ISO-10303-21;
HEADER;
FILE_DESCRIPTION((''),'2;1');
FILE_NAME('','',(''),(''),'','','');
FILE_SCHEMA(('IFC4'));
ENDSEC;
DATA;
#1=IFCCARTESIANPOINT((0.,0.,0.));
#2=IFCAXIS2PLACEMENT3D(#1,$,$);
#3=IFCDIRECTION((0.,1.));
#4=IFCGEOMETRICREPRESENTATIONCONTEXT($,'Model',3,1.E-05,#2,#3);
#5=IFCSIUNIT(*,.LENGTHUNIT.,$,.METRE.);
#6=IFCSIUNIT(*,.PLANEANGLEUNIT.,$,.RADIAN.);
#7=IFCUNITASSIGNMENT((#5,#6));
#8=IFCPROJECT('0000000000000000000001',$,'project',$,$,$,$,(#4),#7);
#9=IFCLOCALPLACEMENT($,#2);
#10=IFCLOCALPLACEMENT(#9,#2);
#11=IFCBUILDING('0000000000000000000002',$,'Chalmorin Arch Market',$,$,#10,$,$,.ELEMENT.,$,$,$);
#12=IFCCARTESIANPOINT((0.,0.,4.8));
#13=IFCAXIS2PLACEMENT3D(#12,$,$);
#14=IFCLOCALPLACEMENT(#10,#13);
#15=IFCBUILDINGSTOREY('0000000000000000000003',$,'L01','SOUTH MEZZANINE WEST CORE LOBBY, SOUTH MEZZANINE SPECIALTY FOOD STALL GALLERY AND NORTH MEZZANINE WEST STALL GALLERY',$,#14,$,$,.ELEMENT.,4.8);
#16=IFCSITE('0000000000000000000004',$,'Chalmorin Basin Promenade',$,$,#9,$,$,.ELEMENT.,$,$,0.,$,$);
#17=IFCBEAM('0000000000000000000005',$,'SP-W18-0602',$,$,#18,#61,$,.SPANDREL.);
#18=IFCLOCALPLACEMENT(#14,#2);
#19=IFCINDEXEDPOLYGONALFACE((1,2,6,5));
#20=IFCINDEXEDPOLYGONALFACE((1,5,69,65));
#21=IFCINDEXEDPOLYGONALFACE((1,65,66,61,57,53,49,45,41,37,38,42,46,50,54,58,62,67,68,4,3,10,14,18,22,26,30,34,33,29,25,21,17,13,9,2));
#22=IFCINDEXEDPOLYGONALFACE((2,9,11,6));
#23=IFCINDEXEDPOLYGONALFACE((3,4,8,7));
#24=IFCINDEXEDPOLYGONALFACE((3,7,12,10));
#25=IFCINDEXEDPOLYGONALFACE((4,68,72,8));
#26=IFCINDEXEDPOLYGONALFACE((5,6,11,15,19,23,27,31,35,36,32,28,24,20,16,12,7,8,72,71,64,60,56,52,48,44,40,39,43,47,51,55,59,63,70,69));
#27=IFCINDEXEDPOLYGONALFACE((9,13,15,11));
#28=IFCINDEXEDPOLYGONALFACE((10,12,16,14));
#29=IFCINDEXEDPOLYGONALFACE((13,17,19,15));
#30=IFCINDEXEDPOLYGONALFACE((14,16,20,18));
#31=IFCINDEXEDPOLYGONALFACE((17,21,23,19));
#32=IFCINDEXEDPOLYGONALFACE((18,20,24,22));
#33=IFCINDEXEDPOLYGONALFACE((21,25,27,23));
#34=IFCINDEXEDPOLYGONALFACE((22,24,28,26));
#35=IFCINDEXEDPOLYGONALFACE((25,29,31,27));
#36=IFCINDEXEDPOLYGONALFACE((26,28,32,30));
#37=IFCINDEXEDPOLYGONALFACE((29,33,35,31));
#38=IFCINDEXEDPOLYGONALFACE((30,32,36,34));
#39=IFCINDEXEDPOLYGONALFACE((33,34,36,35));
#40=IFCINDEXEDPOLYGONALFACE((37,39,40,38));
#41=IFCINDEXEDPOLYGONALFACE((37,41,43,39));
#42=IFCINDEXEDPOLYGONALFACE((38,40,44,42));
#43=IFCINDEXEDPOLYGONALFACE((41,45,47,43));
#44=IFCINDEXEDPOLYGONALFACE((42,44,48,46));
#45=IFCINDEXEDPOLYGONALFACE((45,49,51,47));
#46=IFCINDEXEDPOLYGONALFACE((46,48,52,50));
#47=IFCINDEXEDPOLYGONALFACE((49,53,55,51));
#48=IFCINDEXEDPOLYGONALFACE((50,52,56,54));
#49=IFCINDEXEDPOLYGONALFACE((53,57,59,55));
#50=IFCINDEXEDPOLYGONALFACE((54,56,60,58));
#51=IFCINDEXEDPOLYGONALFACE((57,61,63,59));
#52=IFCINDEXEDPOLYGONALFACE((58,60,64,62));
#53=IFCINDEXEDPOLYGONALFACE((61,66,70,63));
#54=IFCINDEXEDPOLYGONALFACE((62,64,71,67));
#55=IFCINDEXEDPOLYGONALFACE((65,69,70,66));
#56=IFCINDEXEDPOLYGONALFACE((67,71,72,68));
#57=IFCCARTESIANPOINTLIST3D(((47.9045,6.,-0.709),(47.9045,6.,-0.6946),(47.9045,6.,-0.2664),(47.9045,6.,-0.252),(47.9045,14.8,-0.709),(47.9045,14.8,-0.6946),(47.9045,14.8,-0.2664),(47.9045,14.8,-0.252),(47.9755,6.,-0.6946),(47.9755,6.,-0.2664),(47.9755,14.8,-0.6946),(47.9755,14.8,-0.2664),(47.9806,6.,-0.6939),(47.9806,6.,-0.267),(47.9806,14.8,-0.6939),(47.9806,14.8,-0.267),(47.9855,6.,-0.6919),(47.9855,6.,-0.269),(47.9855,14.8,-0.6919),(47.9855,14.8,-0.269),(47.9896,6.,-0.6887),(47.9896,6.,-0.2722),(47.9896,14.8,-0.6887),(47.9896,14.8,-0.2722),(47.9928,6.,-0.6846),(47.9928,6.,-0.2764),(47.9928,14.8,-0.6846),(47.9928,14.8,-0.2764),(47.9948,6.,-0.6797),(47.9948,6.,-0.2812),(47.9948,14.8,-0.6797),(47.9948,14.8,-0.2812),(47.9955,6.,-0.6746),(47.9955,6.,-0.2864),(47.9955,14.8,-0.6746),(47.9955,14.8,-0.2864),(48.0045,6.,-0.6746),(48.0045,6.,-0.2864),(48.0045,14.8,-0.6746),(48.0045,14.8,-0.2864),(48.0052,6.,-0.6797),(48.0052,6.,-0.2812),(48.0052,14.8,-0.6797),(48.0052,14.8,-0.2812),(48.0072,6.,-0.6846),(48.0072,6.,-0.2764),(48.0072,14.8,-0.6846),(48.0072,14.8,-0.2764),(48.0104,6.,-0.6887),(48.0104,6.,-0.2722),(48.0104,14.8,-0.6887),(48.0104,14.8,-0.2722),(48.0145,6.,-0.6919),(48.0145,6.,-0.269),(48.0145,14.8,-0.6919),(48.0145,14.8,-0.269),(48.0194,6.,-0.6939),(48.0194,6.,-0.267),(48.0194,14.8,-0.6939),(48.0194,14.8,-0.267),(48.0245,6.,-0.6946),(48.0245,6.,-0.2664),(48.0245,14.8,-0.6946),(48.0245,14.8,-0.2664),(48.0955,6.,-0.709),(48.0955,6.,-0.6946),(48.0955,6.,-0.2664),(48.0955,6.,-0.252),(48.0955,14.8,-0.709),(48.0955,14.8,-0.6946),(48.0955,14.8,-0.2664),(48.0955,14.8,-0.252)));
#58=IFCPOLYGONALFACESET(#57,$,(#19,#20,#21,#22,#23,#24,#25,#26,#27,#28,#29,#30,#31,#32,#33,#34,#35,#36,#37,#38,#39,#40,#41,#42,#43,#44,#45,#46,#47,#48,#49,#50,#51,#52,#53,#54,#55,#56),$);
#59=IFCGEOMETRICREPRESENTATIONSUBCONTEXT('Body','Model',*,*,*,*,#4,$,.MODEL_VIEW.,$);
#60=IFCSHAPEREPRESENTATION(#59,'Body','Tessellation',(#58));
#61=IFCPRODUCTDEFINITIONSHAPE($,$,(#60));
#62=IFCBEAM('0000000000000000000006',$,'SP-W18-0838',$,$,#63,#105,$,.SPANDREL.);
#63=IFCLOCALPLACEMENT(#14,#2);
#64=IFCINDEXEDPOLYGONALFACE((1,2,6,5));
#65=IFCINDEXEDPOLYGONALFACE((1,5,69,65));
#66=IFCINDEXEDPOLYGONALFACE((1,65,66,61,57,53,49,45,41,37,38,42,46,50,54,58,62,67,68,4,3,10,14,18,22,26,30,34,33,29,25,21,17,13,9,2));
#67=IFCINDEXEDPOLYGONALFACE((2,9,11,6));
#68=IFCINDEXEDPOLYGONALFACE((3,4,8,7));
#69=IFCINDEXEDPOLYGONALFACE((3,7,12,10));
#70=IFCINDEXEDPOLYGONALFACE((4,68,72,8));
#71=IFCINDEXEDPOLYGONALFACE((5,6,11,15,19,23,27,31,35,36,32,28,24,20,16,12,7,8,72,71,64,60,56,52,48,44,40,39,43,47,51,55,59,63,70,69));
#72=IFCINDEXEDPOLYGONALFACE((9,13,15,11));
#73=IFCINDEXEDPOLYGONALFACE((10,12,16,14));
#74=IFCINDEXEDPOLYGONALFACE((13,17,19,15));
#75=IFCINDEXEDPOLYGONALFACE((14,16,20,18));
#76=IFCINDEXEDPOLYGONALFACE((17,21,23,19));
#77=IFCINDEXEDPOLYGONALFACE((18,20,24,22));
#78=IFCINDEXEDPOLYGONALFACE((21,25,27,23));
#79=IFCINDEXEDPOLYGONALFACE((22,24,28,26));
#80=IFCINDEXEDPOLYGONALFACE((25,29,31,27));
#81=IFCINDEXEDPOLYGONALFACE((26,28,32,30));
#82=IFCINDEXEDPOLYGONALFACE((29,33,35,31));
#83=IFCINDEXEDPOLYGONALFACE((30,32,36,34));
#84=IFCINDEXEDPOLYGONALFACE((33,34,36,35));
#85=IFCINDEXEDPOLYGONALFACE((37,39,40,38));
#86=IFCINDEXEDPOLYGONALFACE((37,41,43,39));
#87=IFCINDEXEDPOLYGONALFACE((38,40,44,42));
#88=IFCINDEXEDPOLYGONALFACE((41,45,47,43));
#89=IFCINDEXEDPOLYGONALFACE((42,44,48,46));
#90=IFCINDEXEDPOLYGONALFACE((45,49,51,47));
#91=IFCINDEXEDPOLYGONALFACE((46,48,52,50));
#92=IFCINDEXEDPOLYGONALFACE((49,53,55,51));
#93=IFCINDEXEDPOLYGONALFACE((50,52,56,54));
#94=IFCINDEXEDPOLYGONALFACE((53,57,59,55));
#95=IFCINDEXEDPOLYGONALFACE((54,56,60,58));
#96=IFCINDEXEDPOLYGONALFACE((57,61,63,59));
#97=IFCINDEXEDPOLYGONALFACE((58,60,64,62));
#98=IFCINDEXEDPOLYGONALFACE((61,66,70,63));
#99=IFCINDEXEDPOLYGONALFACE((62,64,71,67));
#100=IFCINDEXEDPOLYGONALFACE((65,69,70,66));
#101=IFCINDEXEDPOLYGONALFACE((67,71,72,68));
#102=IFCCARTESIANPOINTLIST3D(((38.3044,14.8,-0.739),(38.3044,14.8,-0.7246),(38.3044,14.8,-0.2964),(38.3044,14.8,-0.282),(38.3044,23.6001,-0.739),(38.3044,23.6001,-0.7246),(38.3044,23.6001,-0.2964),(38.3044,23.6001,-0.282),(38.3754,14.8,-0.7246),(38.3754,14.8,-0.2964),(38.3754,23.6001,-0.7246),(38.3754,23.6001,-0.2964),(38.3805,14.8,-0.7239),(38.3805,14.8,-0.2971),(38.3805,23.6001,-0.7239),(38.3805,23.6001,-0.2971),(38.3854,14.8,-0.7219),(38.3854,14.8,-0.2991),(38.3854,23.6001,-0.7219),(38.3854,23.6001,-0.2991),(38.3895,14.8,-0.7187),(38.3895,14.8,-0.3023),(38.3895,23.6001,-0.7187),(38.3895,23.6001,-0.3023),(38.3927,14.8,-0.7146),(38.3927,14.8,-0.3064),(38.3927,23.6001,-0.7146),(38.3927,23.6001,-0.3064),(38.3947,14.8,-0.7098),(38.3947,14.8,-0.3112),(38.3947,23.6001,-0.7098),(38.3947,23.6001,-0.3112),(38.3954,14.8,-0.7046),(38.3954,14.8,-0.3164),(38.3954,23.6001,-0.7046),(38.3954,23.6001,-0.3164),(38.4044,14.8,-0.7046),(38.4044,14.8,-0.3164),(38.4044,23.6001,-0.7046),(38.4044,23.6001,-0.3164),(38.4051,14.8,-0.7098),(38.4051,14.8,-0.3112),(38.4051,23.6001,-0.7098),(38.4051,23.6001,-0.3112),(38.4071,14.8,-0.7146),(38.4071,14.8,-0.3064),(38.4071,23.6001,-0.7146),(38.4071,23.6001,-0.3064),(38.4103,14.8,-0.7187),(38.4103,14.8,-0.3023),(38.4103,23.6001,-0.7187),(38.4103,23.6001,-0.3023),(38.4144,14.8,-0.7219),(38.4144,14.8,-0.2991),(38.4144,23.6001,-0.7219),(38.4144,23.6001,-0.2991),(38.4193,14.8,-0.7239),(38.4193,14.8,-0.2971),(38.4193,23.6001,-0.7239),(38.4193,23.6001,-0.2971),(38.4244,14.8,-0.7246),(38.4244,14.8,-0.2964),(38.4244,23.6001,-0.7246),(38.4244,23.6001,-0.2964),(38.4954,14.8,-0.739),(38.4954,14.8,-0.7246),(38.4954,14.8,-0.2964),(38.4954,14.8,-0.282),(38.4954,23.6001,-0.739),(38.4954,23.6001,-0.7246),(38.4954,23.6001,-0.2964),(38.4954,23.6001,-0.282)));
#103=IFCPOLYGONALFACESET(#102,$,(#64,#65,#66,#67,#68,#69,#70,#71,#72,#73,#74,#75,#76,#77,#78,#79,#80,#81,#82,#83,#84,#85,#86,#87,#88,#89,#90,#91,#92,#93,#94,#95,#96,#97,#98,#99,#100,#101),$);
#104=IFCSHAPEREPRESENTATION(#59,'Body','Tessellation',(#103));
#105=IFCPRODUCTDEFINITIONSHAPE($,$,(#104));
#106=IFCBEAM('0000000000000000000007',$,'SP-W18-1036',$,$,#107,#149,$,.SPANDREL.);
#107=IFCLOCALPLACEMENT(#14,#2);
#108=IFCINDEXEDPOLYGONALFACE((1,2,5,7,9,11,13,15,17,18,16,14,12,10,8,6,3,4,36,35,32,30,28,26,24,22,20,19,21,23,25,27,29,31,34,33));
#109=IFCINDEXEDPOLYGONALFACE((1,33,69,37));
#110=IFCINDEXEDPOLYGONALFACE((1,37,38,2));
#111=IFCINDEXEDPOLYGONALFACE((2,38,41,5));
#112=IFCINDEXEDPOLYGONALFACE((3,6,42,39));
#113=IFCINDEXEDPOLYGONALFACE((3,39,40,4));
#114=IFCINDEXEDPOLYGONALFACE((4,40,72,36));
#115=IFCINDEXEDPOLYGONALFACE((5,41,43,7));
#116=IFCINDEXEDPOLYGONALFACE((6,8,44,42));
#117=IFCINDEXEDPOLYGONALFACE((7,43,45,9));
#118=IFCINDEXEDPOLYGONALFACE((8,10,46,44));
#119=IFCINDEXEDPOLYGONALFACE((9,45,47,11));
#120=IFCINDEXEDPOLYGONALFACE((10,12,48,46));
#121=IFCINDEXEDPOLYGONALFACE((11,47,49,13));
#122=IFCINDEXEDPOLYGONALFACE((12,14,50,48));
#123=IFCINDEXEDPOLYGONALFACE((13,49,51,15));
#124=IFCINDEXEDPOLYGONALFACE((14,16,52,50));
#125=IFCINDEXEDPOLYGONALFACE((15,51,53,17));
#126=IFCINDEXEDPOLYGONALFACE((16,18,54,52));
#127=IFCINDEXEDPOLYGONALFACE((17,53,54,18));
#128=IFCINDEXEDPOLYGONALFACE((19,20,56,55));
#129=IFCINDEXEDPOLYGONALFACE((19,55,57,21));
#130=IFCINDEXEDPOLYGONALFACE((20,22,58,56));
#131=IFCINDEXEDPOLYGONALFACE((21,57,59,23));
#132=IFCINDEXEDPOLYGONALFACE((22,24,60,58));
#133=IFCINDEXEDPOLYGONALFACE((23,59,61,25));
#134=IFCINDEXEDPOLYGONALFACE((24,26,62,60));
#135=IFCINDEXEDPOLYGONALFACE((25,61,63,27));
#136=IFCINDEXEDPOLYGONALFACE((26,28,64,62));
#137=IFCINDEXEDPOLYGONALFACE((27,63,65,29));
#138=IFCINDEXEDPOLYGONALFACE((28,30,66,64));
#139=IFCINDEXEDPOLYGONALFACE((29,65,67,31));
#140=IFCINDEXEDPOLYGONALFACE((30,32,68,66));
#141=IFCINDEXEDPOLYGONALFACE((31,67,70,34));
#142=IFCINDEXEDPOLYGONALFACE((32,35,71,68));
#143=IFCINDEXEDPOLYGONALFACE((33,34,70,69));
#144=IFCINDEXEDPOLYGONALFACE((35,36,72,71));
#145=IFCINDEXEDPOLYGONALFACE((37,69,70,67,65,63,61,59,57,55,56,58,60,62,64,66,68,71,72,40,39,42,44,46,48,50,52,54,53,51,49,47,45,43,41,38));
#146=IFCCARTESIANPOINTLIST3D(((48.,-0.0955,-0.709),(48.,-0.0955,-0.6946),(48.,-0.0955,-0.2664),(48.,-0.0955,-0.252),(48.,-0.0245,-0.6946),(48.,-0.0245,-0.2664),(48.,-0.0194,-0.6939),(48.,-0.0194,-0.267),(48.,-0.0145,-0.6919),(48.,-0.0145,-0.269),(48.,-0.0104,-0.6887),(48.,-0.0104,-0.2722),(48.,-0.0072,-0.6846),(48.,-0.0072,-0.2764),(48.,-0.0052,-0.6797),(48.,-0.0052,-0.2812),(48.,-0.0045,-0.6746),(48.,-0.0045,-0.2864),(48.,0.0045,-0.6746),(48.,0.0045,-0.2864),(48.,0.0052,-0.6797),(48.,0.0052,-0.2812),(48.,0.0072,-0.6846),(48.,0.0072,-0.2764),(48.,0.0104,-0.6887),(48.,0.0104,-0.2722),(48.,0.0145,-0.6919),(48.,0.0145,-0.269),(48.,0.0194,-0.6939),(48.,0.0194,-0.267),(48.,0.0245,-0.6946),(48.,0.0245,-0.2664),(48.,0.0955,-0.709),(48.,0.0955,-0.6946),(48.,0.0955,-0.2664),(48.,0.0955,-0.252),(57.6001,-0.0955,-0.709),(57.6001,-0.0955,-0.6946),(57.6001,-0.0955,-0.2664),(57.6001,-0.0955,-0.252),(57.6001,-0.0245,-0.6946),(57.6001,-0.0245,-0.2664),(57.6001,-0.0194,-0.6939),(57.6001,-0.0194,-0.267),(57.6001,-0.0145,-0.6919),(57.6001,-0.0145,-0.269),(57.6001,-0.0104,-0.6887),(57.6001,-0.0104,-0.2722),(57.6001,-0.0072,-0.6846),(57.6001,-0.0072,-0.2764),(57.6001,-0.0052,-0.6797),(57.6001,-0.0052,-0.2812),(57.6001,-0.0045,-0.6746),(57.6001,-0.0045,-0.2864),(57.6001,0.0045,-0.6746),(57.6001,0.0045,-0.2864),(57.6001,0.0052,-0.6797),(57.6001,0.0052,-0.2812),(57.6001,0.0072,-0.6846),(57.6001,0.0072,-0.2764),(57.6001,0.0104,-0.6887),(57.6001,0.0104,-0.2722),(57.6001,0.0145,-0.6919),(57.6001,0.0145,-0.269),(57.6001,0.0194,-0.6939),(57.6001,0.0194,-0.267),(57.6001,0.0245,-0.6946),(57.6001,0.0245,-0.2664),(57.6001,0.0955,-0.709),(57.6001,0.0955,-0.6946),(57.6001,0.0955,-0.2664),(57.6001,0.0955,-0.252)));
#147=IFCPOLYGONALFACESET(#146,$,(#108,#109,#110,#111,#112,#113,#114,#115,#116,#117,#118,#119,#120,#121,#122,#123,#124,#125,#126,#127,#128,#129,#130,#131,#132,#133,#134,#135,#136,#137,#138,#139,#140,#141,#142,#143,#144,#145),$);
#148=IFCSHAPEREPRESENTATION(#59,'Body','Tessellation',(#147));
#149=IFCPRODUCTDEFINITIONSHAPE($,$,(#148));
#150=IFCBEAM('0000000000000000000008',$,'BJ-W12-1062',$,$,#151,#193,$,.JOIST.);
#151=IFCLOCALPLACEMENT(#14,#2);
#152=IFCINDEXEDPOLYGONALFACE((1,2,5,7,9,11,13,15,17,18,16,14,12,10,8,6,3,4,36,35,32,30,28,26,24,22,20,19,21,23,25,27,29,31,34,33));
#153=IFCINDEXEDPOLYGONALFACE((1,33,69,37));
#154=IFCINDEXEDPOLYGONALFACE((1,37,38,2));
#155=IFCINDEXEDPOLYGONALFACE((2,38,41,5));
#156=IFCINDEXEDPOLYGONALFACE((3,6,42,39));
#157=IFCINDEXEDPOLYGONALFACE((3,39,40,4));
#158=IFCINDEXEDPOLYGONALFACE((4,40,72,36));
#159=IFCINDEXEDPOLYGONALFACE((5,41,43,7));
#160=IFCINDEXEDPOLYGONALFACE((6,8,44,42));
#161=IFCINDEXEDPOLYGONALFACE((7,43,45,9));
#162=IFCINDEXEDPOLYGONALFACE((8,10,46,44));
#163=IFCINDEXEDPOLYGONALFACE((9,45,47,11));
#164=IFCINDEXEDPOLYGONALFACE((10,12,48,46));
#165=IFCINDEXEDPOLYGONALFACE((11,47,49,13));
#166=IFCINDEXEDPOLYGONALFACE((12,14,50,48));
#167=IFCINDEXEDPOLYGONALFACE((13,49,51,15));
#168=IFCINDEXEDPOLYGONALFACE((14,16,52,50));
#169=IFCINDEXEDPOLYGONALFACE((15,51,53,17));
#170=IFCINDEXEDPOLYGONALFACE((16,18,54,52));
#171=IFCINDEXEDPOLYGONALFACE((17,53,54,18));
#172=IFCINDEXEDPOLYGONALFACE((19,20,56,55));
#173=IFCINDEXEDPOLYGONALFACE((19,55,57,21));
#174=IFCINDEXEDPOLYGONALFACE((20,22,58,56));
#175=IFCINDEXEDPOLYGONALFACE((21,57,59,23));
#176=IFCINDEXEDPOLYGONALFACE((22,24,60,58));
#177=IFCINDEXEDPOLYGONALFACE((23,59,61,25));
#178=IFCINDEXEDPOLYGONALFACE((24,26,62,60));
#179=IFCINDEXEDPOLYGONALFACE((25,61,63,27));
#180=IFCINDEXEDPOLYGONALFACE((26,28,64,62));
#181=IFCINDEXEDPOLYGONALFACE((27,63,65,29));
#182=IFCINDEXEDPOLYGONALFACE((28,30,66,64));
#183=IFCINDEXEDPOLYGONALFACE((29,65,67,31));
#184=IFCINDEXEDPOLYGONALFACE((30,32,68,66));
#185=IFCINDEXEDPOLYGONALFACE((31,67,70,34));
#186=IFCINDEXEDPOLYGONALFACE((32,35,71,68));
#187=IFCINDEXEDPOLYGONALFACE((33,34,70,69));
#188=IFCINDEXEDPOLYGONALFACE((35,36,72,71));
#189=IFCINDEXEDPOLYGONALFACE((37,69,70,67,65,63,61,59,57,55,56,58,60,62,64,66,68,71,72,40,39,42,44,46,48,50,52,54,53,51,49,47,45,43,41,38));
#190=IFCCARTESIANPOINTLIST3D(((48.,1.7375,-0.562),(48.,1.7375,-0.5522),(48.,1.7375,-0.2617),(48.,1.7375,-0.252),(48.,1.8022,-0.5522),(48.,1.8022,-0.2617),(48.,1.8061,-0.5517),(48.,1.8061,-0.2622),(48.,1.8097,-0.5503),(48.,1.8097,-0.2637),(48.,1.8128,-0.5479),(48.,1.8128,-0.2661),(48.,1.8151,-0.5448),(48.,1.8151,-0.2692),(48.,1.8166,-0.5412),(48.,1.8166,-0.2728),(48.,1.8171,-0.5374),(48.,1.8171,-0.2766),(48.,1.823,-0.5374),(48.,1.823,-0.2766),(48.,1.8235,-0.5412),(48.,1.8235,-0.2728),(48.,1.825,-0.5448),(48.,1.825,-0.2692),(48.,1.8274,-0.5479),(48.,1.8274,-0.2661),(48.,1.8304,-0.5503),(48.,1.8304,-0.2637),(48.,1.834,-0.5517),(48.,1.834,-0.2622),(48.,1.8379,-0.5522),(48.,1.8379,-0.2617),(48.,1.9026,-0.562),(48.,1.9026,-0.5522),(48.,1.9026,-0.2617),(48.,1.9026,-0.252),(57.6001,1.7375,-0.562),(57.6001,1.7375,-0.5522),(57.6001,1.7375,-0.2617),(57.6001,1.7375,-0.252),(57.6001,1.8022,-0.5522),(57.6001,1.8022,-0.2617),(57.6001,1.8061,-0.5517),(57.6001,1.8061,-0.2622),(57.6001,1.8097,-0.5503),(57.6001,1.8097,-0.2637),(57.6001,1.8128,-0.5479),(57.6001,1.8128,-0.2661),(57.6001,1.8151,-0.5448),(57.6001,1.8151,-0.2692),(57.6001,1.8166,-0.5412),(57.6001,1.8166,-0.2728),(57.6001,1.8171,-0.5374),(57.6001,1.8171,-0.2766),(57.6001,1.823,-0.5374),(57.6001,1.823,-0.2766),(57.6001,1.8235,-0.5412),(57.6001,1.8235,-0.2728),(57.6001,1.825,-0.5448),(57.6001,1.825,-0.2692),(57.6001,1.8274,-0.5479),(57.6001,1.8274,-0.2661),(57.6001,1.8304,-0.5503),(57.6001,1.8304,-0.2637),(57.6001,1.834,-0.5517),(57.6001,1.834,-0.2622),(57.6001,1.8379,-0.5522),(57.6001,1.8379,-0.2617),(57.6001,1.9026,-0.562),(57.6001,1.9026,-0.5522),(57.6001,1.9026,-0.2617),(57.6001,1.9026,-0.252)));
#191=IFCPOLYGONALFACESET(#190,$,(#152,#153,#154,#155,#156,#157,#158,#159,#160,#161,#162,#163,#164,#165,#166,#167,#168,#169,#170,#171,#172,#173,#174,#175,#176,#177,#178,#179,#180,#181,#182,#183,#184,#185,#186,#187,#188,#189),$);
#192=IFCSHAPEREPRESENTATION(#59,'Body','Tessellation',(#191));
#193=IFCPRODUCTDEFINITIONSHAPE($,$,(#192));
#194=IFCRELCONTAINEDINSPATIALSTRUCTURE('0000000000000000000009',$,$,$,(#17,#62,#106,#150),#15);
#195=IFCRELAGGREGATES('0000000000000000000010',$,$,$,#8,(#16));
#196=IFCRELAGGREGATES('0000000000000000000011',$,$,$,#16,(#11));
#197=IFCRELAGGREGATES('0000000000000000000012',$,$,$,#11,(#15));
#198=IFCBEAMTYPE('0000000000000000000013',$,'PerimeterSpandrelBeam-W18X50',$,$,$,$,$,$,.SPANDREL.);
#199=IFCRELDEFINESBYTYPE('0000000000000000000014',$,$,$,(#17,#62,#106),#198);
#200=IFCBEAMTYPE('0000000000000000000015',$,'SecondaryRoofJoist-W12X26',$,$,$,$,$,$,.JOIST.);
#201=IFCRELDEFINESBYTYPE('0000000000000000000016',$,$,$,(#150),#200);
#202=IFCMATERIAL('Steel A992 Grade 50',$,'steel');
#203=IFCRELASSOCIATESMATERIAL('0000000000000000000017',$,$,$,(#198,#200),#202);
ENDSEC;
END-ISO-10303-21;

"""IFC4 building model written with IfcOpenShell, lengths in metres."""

from ifc_helpers import new_model, si_unit, direction, frame, origin, origin_2d, place, context, subcontext, project, spatial, i_section, extrude, material, material_profile, profile_set, type_object, element, save


model = new_model("IFC4")

# Units and contexts
model_context = context("Model", 3, precision=1e-05, world=origin(), true_north=direction((0.0, 1.0)))
body_context = subcontext(model_context, "Body", "Model", "MODEL_VIEW")
ifc_project = project(units=[si_unit("LENGTHUNIT", "METRE"), si_unit("PLANEANGLEUNIT", "RADIAN")], contexts=[model_context])

# Site, building, storey
site_placement = place(None, origin())
site = spatial("IfcSite", under=ifc_project, at=site_placement, Name="Chalmorin Basin Promenade", CompositionType="ELEMENT", RefElevation=0.0)
building_placement = place(site_placement, origin())
building = spatial("IfcBuilding", under=site, at=building_placement, Name="Chalmorin Arch Market", CompositionType="ELEMENT")
storey_placement = place(building_placement, frame((0.0, 0.0, 4.8)))
storey = spatial("IfcBuildingStorey", under=building, at=storey_placement, Name="L01", Description="SOUTH MEZZANINE WEST CORE LOBBY, SOUTH MEZZANINE SPECIALTY FOOD STALL GALLERY AND NORTH MEZZANINE WEST STALL GALLERY", CompositionType="ELEMENT", Elevation=4.8)

# Beams
ifc_material_1 = material(Name="Steel A992 Grade 50", Category="steel")
ifc_material_profile_1 = material_profile(ifc_material_1, i_section(OverallWidth=0.1909, OverallDepth=0.457, WebThickness=0.009, FlangeThickness=0.0144, FilletRadius=0.02, at=origin_2d()), Name="W18X50")
ifc_profile_set_1 = profile_set([ifc_material_profile_1], Name="Steel A992 Grade 50")
beam_type_1 = type_object("IfcBeamType", Name="PerimeterSpandrelBeam-W18X50", PredefinedType="SPANDREL", material=ifc_profile_set_1)
for number, where, z_axis, x_axis, name in (
    (1, (48.0, 6.0, -0.4805), (0.0, 1.0, 0.0), (-1.0, 0.0, 0.0), "SP-W18-0602"),
    (2, (38.3999, 14.8, -0.5105), (0.0, 1.0, 0.0), (-1.0, 0.0, 0.0), "SP-W18-0838"),
):
    element("IfcBeam", number, at=place(storey_placement, frame(where, z_axis=z_axis, x_axis=x_axis)), inside=storey, type_object=beam_type_1, Name=name, PredefinedType="SPANDREL", context=body_context, shape_type="SweptSolid", body=[
        extrude(i_section(OverallWidth=0.1909, OverallDepth=0.457, WebThickness=0.009, FlangeThickness=0.0144, FilletRadius=0.02, at=origin_2d()), origin(), (0.0, 0.0, 1.0), 8.8),
    ])
beam_1_placement = place(storey_placement, frame((48.0, 0.0, -0.4805), z_axis=(1.0, 0.0, 0.0), x_axis=(0.0, 1.0, 0.0)))
element("IfcBeam", 3, at=beam_1_placement, inside=storey, type_object=beam_type_1, Name="SP-W18-1036", PredefinedType="SPANDREL", context=body_context, shape_type="SweptSolid", body=[
    extrude(i_section(OverallWidth=0.1909, OverallDepth=0.457, WebThickness=0.009, FlangeThickness=0.0144, FilletRadius=0.02, at=origin_2d()), origin(), (0.0, 0.0, 1.0), 9.6001),
])
ifc_material_profile_2 = material_profile(ifc_material_1, i_section(OverallWidth=0.165, OverallDepth=0.3101, WebThickness=0.0059, FlangeThickness=0.0098, FilletRadius=0.0149, at=origin_2d()), Name="W12X26")
ifc_profile_set_2 = profile_set([ifc_material_profile_2], Name="Steel A992 Grade 50")
beam_type_2 = type_object("IfcBeamType", Name="SecondaryRoofJoist-W12X26", PredefinedType="JOIST", material=ifc_profile_set_2)
for number, where, z_axis, x_axis, name in (
    (4, (48.0, 1.8201, -0.407), (1.0, 0.0, 0.0), (0.0, 1.0, 0.0), "BJ-W12-1062"),
):
    element("IfcBeam", number, at=place(storey_placement, frame(where, z_axis=z_axis, x_axis=x_axis)), inside=storey, type_object=beam_type_2, Name=name, PredefinedType="JOIST", context=body_context, shape_type="SweptSolid", body=[
        extrude(i_section(OverallWidth=0.165, OverallDepth=0.3101, WebThickness=0.0059, FlangeThickness=0.0098, FilletRadius=0.0149, at=origin_2d()), origin(), (0.0, 0.0, 1.0), 9.6001),
    ])

save(model, "model.ifc")
